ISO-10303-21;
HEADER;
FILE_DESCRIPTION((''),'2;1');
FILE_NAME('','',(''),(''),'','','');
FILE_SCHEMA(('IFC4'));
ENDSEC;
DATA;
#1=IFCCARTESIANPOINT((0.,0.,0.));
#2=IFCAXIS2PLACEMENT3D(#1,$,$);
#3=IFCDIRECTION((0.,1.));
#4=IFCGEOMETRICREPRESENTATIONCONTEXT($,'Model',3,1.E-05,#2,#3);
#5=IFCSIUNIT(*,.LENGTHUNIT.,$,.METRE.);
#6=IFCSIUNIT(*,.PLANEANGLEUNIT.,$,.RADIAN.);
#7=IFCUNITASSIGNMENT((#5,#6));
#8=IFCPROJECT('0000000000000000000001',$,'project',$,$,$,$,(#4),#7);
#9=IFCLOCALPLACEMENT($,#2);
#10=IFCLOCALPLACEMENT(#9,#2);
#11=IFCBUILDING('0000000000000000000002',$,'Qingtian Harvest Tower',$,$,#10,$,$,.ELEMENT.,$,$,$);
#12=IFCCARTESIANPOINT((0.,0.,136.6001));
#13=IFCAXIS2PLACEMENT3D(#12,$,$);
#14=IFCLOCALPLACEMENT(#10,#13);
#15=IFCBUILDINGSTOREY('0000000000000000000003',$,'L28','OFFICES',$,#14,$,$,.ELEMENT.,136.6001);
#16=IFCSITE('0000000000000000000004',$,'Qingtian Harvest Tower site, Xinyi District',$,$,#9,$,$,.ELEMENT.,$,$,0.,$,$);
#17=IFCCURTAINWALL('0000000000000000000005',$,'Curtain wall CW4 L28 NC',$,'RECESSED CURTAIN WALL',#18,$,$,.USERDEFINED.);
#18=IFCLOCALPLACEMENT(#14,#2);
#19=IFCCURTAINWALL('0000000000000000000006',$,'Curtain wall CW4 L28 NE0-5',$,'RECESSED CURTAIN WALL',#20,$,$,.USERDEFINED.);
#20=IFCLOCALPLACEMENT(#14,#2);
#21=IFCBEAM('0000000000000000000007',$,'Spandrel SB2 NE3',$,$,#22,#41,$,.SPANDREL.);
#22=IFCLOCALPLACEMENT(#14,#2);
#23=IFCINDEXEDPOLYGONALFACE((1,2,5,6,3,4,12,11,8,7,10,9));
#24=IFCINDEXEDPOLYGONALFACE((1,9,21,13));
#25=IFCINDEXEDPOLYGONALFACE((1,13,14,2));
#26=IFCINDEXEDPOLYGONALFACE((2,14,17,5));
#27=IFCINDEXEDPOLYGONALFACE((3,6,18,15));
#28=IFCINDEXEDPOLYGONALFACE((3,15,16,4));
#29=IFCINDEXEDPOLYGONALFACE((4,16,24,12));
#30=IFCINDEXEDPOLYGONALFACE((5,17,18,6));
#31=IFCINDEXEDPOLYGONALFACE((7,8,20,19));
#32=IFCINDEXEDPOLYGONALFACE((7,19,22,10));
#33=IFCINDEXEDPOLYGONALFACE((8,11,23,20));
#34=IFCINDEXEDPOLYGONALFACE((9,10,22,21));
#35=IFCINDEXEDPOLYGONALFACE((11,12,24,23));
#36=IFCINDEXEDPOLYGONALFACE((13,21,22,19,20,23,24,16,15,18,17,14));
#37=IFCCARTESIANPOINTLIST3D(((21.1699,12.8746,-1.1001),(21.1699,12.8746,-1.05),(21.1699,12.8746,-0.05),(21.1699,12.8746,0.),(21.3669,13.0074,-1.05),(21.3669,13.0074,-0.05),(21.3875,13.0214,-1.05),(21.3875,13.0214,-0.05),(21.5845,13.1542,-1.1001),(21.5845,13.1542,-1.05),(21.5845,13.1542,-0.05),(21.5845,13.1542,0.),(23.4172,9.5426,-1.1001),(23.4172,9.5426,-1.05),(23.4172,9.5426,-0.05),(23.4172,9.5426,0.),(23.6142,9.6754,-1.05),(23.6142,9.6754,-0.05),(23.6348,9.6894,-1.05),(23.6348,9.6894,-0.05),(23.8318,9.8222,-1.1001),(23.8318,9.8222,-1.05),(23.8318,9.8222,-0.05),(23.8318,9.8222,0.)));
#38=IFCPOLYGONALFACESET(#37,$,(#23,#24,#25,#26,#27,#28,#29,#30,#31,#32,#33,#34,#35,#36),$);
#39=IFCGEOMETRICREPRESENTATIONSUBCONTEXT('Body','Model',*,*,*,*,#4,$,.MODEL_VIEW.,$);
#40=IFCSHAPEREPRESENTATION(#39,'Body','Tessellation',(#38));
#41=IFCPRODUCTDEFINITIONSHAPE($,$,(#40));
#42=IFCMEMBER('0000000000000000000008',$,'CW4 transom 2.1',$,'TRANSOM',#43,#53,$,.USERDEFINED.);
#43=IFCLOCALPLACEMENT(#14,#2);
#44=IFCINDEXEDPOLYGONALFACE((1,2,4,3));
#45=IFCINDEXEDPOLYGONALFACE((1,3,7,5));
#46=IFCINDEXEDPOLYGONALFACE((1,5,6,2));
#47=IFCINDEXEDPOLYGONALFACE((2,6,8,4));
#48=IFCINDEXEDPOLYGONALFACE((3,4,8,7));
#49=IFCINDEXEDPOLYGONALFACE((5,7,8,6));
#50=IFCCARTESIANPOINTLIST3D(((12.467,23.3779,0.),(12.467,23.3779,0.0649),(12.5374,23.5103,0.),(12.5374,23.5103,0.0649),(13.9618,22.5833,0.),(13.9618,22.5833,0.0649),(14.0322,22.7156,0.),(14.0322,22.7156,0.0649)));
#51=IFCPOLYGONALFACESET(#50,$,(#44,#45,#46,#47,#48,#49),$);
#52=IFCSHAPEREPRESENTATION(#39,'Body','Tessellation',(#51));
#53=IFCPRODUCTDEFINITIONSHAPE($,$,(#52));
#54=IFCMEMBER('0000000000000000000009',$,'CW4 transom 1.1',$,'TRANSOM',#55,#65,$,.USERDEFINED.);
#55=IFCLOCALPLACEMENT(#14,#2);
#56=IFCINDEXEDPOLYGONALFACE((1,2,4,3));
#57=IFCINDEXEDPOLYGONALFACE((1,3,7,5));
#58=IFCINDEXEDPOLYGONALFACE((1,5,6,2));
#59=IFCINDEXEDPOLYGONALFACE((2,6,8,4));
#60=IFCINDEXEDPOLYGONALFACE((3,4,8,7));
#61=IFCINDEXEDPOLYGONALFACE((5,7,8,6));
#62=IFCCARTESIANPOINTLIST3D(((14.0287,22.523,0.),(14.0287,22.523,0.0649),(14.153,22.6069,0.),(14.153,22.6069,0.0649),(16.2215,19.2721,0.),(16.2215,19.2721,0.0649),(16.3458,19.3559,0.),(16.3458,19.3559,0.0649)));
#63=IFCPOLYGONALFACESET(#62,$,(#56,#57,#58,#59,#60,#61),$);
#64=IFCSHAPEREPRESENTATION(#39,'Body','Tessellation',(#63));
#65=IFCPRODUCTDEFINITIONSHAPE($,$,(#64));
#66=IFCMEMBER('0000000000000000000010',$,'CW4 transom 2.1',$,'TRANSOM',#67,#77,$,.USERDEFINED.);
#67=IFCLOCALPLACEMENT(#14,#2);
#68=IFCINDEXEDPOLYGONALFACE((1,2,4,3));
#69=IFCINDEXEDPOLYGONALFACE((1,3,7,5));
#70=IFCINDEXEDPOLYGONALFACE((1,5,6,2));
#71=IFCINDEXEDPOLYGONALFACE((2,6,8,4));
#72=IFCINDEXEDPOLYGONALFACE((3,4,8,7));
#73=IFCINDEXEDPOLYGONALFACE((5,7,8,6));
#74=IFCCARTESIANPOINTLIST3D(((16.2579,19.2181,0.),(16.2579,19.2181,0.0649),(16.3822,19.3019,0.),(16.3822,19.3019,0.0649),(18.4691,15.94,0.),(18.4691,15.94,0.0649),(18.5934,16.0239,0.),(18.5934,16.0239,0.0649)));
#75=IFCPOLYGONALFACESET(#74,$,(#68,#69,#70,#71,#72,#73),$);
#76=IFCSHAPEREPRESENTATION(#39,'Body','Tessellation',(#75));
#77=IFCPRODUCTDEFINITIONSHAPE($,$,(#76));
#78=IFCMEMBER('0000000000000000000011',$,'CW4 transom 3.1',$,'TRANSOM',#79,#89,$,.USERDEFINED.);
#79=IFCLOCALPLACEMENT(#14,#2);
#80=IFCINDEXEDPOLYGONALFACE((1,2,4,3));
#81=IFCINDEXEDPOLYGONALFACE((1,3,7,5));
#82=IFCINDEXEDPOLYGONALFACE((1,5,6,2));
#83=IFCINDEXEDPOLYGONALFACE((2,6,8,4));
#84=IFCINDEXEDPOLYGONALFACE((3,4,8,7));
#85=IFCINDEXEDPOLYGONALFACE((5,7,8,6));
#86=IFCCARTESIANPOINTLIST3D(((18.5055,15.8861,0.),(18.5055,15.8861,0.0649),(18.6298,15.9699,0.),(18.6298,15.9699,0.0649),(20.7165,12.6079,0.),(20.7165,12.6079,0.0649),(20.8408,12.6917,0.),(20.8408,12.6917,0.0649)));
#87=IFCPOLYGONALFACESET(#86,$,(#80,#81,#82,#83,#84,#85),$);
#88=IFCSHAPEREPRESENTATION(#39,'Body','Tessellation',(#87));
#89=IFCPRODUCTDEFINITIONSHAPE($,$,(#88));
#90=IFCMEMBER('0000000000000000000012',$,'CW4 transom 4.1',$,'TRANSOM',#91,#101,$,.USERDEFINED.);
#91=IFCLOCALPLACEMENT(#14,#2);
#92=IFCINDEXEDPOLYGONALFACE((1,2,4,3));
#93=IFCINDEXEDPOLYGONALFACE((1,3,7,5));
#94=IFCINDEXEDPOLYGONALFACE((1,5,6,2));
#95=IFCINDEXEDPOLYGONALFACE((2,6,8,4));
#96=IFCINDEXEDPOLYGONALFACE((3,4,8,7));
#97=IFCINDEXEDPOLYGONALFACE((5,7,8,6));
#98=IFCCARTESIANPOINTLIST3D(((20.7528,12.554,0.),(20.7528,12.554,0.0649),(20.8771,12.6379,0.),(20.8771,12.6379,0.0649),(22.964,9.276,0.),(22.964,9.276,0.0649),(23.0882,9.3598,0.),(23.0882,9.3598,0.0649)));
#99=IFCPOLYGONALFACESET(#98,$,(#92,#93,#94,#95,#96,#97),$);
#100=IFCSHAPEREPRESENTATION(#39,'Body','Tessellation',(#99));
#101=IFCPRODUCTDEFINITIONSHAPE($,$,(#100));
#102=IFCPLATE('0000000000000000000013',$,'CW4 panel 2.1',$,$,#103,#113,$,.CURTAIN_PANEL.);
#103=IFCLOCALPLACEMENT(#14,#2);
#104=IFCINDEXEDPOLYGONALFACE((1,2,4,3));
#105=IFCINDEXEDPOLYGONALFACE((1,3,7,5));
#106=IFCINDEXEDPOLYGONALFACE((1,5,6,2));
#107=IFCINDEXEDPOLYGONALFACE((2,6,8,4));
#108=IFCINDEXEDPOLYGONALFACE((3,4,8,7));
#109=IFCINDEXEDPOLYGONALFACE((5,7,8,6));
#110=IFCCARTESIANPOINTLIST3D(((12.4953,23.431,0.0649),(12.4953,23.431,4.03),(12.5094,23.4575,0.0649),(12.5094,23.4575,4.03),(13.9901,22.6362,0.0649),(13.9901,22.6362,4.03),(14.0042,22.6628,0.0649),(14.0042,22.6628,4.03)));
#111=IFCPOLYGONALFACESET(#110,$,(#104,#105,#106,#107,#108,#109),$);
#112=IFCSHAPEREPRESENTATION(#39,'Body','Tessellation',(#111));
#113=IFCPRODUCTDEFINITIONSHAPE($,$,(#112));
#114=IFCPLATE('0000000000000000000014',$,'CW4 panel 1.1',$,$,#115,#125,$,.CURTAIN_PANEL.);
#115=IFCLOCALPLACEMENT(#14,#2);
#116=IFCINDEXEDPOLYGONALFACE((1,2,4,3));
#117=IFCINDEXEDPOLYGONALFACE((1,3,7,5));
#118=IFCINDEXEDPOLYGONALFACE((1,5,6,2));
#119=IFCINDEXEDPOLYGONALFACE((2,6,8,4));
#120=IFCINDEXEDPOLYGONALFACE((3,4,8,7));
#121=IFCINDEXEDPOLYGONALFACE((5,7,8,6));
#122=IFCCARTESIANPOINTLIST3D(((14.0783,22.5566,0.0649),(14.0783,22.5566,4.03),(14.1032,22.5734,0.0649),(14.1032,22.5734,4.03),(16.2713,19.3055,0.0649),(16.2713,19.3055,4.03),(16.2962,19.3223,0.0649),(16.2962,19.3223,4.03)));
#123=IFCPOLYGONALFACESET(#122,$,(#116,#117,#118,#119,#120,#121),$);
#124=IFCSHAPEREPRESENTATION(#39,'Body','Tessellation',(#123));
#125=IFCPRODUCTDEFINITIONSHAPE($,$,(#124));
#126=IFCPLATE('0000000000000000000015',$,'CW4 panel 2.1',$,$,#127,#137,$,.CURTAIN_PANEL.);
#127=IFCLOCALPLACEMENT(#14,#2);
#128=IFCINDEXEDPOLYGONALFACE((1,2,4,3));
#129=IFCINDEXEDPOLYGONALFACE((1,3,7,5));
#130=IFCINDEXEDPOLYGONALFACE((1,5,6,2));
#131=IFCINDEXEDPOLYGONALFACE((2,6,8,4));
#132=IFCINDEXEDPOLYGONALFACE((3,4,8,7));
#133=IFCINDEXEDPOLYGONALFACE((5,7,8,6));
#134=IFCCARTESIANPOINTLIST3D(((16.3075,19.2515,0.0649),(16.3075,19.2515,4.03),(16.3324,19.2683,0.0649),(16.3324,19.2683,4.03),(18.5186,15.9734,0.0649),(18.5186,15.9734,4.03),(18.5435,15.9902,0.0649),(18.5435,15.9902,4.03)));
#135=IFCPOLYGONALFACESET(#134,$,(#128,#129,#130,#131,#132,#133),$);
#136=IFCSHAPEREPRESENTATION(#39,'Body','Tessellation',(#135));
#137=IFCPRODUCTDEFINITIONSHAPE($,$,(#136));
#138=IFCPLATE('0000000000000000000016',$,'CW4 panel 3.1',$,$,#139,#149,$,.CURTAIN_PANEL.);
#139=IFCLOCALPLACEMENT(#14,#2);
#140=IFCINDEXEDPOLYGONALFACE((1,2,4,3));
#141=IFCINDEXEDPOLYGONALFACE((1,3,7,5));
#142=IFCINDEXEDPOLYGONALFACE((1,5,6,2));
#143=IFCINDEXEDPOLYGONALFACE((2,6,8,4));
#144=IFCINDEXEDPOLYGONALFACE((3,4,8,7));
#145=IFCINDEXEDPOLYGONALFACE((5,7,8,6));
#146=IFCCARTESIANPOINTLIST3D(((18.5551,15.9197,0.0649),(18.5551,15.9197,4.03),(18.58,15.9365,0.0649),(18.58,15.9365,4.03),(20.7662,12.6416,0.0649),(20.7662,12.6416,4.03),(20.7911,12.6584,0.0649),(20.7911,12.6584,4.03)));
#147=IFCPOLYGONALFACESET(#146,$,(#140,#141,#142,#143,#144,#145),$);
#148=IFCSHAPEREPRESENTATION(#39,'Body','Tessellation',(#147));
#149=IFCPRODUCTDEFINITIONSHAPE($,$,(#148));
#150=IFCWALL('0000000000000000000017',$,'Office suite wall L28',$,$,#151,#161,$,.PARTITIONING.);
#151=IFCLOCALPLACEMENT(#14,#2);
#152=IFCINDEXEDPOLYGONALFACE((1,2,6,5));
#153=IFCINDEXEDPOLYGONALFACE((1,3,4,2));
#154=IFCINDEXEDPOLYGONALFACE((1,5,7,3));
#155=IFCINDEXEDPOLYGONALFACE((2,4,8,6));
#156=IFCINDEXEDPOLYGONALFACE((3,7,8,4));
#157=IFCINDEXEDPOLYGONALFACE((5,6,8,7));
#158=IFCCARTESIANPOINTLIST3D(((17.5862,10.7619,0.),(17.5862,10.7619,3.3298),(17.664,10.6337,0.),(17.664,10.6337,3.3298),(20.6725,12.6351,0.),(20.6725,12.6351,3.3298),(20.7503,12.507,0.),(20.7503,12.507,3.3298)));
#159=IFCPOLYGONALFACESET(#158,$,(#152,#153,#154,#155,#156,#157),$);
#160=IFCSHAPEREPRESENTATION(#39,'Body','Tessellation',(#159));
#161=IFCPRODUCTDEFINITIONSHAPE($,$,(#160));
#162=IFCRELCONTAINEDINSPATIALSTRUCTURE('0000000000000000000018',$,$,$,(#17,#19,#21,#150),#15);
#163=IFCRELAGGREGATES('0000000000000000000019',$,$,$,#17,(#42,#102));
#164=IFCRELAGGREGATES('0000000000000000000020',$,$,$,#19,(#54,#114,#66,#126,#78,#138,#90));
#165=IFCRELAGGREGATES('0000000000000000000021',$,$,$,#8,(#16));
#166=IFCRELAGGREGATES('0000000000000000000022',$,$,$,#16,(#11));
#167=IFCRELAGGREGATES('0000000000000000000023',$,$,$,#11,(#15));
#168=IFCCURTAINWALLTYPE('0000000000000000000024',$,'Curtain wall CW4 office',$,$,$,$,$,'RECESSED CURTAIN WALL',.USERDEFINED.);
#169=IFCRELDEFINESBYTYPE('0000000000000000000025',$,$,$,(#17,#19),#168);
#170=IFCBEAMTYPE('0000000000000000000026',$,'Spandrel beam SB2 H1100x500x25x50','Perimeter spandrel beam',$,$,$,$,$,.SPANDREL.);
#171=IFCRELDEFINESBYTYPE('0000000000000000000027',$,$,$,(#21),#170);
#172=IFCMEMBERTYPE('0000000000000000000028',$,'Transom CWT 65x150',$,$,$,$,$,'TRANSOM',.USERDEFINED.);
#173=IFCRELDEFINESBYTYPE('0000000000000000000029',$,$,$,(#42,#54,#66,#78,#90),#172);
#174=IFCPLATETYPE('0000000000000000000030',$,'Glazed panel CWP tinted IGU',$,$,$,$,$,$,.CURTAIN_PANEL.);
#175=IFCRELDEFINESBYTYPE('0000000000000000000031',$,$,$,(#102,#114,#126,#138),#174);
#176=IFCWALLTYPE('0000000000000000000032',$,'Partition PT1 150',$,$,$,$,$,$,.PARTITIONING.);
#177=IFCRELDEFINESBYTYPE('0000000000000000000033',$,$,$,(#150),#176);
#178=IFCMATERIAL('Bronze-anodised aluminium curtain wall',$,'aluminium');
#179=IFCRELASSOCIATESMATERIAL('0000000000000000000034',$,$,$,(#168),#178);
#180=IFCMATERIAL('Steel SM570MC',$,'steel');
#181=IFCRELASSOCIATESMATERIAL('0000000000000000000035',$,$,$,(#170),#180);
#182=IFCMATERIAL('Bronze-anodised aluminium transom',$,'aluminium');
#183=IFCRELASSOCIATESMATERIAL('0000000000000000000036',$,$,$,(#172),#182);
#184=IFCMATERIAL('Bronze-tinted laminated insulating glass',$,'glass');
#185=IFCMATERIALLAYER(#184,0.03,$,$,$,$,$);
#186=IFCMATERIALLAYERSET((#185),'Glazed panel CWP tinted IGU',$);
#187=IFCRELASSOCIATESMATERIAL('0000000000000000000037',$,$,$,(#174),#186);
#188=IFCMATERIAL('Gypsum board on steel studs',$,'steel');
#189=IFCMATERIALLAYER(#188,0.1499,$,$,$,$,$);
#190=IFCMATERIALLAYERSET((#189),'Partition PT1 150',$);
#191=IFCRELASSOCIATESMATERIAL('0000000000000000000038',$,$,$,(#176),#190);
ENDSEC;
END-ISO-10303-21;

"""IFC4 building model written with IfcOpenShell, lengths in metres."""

from ifc_helpers import new_model, si_unit, direction, frame, frame_2d, origin, origin_2d, place, context, subcontext, project, spatial, rectangle, i_section, extrude, material, layer, layer_set, material_profile, profile_set, type_object, element, aggregate, save


model = new_model("IFC4")

# Units and contexts
model_context = context("Model", 3, precision=1e-05, world=origin(), true_north=direction((0.0, 1.0)))
body_context = subcontext(model_context, "Body", "Model", "MODEL_VIEW")
ifc_project = project(units=[si_unit("LENGTHUNIT", "METRE"), si_unit("PLANEANGLEUNIT", "RADIAN")], contexts=[model_context])

# Site, building, storey
site_placement = place(None, origin())
site = spatial("IfcSite", under=ifc_project, at=site_placement, Name="Qingtian Harvest Tower site, Xinyi District", CompositionType="ELEMENT", RefElevation=0.0)
building_placement = place(site_placement, origin())
building = spatial("IfcBuilding", under=site, at=building_placement, Name="Qingtian Harvest Tower", CompositionType="ELEMENT")
storey_placement = place(building_placement, frame((0.0, 0.0, 136.6001)))
storey = spatial("IfcBuildingStorey", under=building, at=storey_placement, Name="L28", Description="OFFICES", CompositionType="ELEMENT", Elevation=136.6001)

# Curtain wall
ifc_material_1 = material(Name="Bronze-anodised aluminium curtain wall", Category="aluminium")
curtain_wall_type = type_object("IfcCurtainWallType", Name="Curtain wall CW4 office", ElementType="RECESSED CURTAIN WALL", PredefinedType="USERDEFINED", material=ifc_material_1)
curtain_wall_1_placement = place(storey_placement, origin())
curtain_wall_1 = element("IfcCurtainWall", 1, at=curtain_wall_1_placement, inside=storey, type_object=curtain_wall_type, Name="Curtain wall CW4 L28 NC", ObjectType="RECESSED CURTAIN WALL", PredefinedType="USERDEFINED")

# Curtain wall
curtain_wall_2_placement = place(storey_placement, origin())
curtain_wall_2 = element("IfcCurtainWall", 2, at=curtain_wall_2_placement, inside=storey, type_object=curtain_wall_type, Name="Curtain wall CW4 L28 NE0-5", ObjectType="RECESSED CURTAIN WALL", PredefinedType="USERDEFINED")

# Beam
ifc_material_2 = material(Name="Steel SM570MC", Category="steel")
ifc_material_profile_1 = material_profile(ifc_material_2, i_section(OverallWidth=0.5, OverallDepth=1.1001, WebThickness=0.0249, FlangeThickness=0.05, at=origin_2d()), Name="H1100x500x25x50")
ifc_profile_set_1 = profile_set([ifc_material_profile_1], Name="Steel SM570MC")
beam_type_1 = type_object("IfcBeamType", Name="Spandrel beam SB2 H1100x500x25x50", Description="Perimeter spandrel beam", PredefinedType="SPANDREL", material=ifc_profile_set_1)
beam_1_placement = place(storey_placement, frame((21.3772, 13.0144, -0.55), z_axis=(0.559164, -0.829057, 0.0), x_axis=(0.829057, 0.559164, 0.0)))
element("IfcBeam", 3, at=beam_1_placement, inside=storey, type_object=beam_type_1, Name="Spandrel SB2 NE3", PredefinedType="SPANDREL", context=body_context, shape_type="SweptSolid", body=[
    extrude(i_section(OverallWidth=0.5, OverallDepth=1.1001, WebThickness=0.0249, FlangeThickness=0.05, at=origin_2d()), origin(), (0.0, 0.0, 1.0), 4.019),
])

# Members
ifc_material_3 = material(Name="Bronze-anodised aluminium transom", Category="aluminium")
ifc_material_profile_2 = material_profile(ifc_material_3, rectangle(XDim=0.1499, YDim=0.0649, at=origin_2d()), Name="AL 65x150")
ifc_profile_set_2 = profile_set([ifc_material_profile_2], Name="Bronze-anodised aluminium transom")
member_type_1 = type_object("IfcMemberType", Name="Transom CWT 65x150", ElementType="TRANSOM", PredefinedType="USERDEFINED", material=ifc_profile_set_2)
member_1_placement = place(storey_placement, frame((12.5022, 23.4441, 0.0325), z_axis=(0.882987, -0.469398, 0.0), x_axis=(0.469398, 0.882987, 0.0)))
member_1 = element("IfcMember", 4, at=member_1_placement, type_object=member_type_1, Name="CW4 transom 2.1", ObjectType="TRANSOM", PredefinedType="USERDEFINED", context=body_context, shape_type="SweptSolid", body=[
    extrude(rectangle(XDim=0.1499, YDim=0.0649, at=origin_2d()), origin(), (0.0, 0.0, 1.0), 1.6929),
])
member_2_placement = place(storey_placement, frame((14.0908, 22.5649, 0.0325), z_axis=(0.559203, -0.829031, 0.0), x_axis=(0.829031, 0.559203, 0.0)))
member_2 = element("IfcMember", 5, at=member_2_placement, type_object=member_type_1, Name="CW4 transom 1.1", ObjectType="TRANSOM", PredefinedType="USERDEFINED", context=body_context, shape_type="SweptSolid", body=[
    extrude(rectangle(XDim=0.1499, YDim=0.0649, at=origin_2d()), origin(), (0.0, 0.0, 1.0), 3.9214),
])
member_3_placement = place(storey_placement, frame((16.3201, 19.26, 0.0325), z_axis=(0.559209, -0.829027, 0.0), x_axis=(0.829027, 0.559209, 0.0)))
member_3 = element("IfcMember", 6, at=member_3_placement, type_object=member_type_1, Name="CW4 transom 2.1", ObjectType="TRANSOM", PredefinedType="USERDEFINED", context=body_context, shape_type="SweptSolid", body=[
    extrude(rectangle(XDim=0.1499, YDim=0.0649, at=origin_2d()), origin(), (0.0, 0.0, 1.0), 3.9541),
])
member_4_placement = place(storey_placement, frame((18.5676, 15.928, 0.0325), z_axis=(0.559166, -0.829055, 0.0), x_axis=(0.829055, 0.559166, 0.0)))
member_4 = element("IfcMember", 7, at=member_4_placement, type_object=member_type_1, Name="CW4 transom 3.1", ObjectType="TRANSOM", PredefinedType="USERDEFINED", context=body_context, shape_type="SweptSolid", body=[
    extrude(rectangle(XDim=0.1499, YDim=0.0649, at=origin_2d()), origin(), (0.0, 0.0, 1.0), 3.9541),
])
member_5_placement = place(storey_placement, frame((20.8149, 12.5959, 0.0325), z_axis=(0.559209, -0.829027, 0.0), x_axis=(0.829027, 0.559209, 0.0)))
member_5 = element("IfcMember", 8, at=member_5_placement, type_object=member_type_1, Name="CW4 transom 4.1", ObjectType="TRANSOM", PredefinedType="USERDEFINED", context=body_context, shape_type="SweptSolid", body=[
    extrude(rectangle(XDim=0.1499, YDim=0.0649, at=origin_2d()), origin(), (0.0, 0.0, 1.0), 3.9541),
])

# Plates
ifc_material_4 = material(Name="Bronze-tinted laminated insulating glass", Category="glass")
ifc_layer_1 = layer(ifc_material_4, 0.03)
ifc_layer_set_1 = layer_set([ifc_layer_1], Name="Glazed panel CWP tinted IGU")
plate_type = type_object("IfcPlateType", Name="Glazed panel CWP tinted IGU", PredefinedType="CURTAIN_PANEL", material=ifc_layer_set_1)
plate_1_placement = place(storey_placement, frame((13.2498, 23.0469, 0.0649), z_axis=(0.0, 0.0, 1.0), x_axis=(0.882948, -0.469472, 0.0)))
plate_1 = element("IfcPlate", 9, at=plate_1_placement, type_object=plate_type, Name="CW4 panel 2.1", PredefinedType="CURTAIN_PANEL", context=body_context, shape_type="SweptSolid", body=[
    extrude(rectangle(XDim=1.6929, YDim=0.03, at=origin_2d()), origin(), (0.0, 0.0, 1.0), 3.9651),
])
aggregate(curtain_wall_1, [member_1, plate_1])
plate_2_placement = place(storey_placement, frame((15.1873, 20.9395, 0.0649), z_axis=(0.0, 0.0, 1.0), x_axis=(0.559193, -0.829038, 0.0)))
plate_2 = element("IfcPlate", 10, at=plate_2_placement, type_object=plate_type, Name="CW4 panel 1.1", PredefinedType="CURTAIN_PANEL", context=body_context, shape_type="SweptSolid", body=[
    extrude(rectangle(XDim=3.9216, YDim=0.03, at=origin_2d()), origin(), (0.0, 0.0, 1.0), 3.9651),
])
plate_3_placement = place(storey_placement, frame((17.4255, 17.6208, 0.0649), z_axis=(0.0, 0.0, 1.0), x_axis=(0.559193, -0.829038, 0.0)))
plate_3 = element("IfcPlate", 11, at=plate_3_placement, type_object=plate_type, Name="CW4 panel 2.1", PredefinedType="CURTAIN_PANEL", context=body_context, shape_type="SweptSolid", body=[
    extrude(rectangle(XDim=3.9541, YDim=0.03, at=origin_2d()), origin(), (0.0, 0.0, 1.0), 3.9651),
])
plate_4_placement = place(storey_placement, frame((19.6731, 14.2891, 0.0649), z_axis=(0.0, 0.0, 1.0), x_axis=(0.559193, -0.829038, 0.0)))
plate_4 = element("IfcPlate", 12, at=plate_4_placement, type_object=plate_type, Name="CW4 panel 3.1", PredefinedType="CURTAIN_PANEL", context=body_context, shape_type="SweptSolid", body=[
    extrude(rectangle(XDim=3.9541, YDim=0.03, at=origin_2d()), origin(), (0.0, 0.0, 1.0), 3.9651),
])
aggregate(curtain_wall_2, [member_2, plate_2, member_3, plate_3, member_4, plate_4, member_5])

# Wall
ifc_material_5 = material(Name="Gypsum board on steel studs", Category="steel")
ifc_layer_2 = layer(ifc_material_5, 0.1499)
ifc_layer_set_2 = layer_set([ifc_layer_2], Name="Partition PT1 150")
wall_type = type_object("IfcWallType", Name="Partition PT1 150", PredefinedType="PARTITIONING", material=ifc_layer_set_2)
wall_placement = place(storey_placement, frame((20.7114, 12.571, 0.0), z_axis=(0.0, 0.0, 1.0), x_axis=(-0.854863, -0.518855, 0.0)))
element("IfcWall", 13, at=wall_placement, inside=storey, type_object=wall_type, Name="Office suite wall L28", PredefinedType="PARTITIONING", context=body_context, shape_type="SweptSolid", body=[
    extrude(rectangle(XDim=3.6104, YDim=0.1499, at=frame_2d((1.8052, 0.0))), origin(), (0.0, 0.0, 1.0), 3.3298),
])

save(model, "model.ifc")
